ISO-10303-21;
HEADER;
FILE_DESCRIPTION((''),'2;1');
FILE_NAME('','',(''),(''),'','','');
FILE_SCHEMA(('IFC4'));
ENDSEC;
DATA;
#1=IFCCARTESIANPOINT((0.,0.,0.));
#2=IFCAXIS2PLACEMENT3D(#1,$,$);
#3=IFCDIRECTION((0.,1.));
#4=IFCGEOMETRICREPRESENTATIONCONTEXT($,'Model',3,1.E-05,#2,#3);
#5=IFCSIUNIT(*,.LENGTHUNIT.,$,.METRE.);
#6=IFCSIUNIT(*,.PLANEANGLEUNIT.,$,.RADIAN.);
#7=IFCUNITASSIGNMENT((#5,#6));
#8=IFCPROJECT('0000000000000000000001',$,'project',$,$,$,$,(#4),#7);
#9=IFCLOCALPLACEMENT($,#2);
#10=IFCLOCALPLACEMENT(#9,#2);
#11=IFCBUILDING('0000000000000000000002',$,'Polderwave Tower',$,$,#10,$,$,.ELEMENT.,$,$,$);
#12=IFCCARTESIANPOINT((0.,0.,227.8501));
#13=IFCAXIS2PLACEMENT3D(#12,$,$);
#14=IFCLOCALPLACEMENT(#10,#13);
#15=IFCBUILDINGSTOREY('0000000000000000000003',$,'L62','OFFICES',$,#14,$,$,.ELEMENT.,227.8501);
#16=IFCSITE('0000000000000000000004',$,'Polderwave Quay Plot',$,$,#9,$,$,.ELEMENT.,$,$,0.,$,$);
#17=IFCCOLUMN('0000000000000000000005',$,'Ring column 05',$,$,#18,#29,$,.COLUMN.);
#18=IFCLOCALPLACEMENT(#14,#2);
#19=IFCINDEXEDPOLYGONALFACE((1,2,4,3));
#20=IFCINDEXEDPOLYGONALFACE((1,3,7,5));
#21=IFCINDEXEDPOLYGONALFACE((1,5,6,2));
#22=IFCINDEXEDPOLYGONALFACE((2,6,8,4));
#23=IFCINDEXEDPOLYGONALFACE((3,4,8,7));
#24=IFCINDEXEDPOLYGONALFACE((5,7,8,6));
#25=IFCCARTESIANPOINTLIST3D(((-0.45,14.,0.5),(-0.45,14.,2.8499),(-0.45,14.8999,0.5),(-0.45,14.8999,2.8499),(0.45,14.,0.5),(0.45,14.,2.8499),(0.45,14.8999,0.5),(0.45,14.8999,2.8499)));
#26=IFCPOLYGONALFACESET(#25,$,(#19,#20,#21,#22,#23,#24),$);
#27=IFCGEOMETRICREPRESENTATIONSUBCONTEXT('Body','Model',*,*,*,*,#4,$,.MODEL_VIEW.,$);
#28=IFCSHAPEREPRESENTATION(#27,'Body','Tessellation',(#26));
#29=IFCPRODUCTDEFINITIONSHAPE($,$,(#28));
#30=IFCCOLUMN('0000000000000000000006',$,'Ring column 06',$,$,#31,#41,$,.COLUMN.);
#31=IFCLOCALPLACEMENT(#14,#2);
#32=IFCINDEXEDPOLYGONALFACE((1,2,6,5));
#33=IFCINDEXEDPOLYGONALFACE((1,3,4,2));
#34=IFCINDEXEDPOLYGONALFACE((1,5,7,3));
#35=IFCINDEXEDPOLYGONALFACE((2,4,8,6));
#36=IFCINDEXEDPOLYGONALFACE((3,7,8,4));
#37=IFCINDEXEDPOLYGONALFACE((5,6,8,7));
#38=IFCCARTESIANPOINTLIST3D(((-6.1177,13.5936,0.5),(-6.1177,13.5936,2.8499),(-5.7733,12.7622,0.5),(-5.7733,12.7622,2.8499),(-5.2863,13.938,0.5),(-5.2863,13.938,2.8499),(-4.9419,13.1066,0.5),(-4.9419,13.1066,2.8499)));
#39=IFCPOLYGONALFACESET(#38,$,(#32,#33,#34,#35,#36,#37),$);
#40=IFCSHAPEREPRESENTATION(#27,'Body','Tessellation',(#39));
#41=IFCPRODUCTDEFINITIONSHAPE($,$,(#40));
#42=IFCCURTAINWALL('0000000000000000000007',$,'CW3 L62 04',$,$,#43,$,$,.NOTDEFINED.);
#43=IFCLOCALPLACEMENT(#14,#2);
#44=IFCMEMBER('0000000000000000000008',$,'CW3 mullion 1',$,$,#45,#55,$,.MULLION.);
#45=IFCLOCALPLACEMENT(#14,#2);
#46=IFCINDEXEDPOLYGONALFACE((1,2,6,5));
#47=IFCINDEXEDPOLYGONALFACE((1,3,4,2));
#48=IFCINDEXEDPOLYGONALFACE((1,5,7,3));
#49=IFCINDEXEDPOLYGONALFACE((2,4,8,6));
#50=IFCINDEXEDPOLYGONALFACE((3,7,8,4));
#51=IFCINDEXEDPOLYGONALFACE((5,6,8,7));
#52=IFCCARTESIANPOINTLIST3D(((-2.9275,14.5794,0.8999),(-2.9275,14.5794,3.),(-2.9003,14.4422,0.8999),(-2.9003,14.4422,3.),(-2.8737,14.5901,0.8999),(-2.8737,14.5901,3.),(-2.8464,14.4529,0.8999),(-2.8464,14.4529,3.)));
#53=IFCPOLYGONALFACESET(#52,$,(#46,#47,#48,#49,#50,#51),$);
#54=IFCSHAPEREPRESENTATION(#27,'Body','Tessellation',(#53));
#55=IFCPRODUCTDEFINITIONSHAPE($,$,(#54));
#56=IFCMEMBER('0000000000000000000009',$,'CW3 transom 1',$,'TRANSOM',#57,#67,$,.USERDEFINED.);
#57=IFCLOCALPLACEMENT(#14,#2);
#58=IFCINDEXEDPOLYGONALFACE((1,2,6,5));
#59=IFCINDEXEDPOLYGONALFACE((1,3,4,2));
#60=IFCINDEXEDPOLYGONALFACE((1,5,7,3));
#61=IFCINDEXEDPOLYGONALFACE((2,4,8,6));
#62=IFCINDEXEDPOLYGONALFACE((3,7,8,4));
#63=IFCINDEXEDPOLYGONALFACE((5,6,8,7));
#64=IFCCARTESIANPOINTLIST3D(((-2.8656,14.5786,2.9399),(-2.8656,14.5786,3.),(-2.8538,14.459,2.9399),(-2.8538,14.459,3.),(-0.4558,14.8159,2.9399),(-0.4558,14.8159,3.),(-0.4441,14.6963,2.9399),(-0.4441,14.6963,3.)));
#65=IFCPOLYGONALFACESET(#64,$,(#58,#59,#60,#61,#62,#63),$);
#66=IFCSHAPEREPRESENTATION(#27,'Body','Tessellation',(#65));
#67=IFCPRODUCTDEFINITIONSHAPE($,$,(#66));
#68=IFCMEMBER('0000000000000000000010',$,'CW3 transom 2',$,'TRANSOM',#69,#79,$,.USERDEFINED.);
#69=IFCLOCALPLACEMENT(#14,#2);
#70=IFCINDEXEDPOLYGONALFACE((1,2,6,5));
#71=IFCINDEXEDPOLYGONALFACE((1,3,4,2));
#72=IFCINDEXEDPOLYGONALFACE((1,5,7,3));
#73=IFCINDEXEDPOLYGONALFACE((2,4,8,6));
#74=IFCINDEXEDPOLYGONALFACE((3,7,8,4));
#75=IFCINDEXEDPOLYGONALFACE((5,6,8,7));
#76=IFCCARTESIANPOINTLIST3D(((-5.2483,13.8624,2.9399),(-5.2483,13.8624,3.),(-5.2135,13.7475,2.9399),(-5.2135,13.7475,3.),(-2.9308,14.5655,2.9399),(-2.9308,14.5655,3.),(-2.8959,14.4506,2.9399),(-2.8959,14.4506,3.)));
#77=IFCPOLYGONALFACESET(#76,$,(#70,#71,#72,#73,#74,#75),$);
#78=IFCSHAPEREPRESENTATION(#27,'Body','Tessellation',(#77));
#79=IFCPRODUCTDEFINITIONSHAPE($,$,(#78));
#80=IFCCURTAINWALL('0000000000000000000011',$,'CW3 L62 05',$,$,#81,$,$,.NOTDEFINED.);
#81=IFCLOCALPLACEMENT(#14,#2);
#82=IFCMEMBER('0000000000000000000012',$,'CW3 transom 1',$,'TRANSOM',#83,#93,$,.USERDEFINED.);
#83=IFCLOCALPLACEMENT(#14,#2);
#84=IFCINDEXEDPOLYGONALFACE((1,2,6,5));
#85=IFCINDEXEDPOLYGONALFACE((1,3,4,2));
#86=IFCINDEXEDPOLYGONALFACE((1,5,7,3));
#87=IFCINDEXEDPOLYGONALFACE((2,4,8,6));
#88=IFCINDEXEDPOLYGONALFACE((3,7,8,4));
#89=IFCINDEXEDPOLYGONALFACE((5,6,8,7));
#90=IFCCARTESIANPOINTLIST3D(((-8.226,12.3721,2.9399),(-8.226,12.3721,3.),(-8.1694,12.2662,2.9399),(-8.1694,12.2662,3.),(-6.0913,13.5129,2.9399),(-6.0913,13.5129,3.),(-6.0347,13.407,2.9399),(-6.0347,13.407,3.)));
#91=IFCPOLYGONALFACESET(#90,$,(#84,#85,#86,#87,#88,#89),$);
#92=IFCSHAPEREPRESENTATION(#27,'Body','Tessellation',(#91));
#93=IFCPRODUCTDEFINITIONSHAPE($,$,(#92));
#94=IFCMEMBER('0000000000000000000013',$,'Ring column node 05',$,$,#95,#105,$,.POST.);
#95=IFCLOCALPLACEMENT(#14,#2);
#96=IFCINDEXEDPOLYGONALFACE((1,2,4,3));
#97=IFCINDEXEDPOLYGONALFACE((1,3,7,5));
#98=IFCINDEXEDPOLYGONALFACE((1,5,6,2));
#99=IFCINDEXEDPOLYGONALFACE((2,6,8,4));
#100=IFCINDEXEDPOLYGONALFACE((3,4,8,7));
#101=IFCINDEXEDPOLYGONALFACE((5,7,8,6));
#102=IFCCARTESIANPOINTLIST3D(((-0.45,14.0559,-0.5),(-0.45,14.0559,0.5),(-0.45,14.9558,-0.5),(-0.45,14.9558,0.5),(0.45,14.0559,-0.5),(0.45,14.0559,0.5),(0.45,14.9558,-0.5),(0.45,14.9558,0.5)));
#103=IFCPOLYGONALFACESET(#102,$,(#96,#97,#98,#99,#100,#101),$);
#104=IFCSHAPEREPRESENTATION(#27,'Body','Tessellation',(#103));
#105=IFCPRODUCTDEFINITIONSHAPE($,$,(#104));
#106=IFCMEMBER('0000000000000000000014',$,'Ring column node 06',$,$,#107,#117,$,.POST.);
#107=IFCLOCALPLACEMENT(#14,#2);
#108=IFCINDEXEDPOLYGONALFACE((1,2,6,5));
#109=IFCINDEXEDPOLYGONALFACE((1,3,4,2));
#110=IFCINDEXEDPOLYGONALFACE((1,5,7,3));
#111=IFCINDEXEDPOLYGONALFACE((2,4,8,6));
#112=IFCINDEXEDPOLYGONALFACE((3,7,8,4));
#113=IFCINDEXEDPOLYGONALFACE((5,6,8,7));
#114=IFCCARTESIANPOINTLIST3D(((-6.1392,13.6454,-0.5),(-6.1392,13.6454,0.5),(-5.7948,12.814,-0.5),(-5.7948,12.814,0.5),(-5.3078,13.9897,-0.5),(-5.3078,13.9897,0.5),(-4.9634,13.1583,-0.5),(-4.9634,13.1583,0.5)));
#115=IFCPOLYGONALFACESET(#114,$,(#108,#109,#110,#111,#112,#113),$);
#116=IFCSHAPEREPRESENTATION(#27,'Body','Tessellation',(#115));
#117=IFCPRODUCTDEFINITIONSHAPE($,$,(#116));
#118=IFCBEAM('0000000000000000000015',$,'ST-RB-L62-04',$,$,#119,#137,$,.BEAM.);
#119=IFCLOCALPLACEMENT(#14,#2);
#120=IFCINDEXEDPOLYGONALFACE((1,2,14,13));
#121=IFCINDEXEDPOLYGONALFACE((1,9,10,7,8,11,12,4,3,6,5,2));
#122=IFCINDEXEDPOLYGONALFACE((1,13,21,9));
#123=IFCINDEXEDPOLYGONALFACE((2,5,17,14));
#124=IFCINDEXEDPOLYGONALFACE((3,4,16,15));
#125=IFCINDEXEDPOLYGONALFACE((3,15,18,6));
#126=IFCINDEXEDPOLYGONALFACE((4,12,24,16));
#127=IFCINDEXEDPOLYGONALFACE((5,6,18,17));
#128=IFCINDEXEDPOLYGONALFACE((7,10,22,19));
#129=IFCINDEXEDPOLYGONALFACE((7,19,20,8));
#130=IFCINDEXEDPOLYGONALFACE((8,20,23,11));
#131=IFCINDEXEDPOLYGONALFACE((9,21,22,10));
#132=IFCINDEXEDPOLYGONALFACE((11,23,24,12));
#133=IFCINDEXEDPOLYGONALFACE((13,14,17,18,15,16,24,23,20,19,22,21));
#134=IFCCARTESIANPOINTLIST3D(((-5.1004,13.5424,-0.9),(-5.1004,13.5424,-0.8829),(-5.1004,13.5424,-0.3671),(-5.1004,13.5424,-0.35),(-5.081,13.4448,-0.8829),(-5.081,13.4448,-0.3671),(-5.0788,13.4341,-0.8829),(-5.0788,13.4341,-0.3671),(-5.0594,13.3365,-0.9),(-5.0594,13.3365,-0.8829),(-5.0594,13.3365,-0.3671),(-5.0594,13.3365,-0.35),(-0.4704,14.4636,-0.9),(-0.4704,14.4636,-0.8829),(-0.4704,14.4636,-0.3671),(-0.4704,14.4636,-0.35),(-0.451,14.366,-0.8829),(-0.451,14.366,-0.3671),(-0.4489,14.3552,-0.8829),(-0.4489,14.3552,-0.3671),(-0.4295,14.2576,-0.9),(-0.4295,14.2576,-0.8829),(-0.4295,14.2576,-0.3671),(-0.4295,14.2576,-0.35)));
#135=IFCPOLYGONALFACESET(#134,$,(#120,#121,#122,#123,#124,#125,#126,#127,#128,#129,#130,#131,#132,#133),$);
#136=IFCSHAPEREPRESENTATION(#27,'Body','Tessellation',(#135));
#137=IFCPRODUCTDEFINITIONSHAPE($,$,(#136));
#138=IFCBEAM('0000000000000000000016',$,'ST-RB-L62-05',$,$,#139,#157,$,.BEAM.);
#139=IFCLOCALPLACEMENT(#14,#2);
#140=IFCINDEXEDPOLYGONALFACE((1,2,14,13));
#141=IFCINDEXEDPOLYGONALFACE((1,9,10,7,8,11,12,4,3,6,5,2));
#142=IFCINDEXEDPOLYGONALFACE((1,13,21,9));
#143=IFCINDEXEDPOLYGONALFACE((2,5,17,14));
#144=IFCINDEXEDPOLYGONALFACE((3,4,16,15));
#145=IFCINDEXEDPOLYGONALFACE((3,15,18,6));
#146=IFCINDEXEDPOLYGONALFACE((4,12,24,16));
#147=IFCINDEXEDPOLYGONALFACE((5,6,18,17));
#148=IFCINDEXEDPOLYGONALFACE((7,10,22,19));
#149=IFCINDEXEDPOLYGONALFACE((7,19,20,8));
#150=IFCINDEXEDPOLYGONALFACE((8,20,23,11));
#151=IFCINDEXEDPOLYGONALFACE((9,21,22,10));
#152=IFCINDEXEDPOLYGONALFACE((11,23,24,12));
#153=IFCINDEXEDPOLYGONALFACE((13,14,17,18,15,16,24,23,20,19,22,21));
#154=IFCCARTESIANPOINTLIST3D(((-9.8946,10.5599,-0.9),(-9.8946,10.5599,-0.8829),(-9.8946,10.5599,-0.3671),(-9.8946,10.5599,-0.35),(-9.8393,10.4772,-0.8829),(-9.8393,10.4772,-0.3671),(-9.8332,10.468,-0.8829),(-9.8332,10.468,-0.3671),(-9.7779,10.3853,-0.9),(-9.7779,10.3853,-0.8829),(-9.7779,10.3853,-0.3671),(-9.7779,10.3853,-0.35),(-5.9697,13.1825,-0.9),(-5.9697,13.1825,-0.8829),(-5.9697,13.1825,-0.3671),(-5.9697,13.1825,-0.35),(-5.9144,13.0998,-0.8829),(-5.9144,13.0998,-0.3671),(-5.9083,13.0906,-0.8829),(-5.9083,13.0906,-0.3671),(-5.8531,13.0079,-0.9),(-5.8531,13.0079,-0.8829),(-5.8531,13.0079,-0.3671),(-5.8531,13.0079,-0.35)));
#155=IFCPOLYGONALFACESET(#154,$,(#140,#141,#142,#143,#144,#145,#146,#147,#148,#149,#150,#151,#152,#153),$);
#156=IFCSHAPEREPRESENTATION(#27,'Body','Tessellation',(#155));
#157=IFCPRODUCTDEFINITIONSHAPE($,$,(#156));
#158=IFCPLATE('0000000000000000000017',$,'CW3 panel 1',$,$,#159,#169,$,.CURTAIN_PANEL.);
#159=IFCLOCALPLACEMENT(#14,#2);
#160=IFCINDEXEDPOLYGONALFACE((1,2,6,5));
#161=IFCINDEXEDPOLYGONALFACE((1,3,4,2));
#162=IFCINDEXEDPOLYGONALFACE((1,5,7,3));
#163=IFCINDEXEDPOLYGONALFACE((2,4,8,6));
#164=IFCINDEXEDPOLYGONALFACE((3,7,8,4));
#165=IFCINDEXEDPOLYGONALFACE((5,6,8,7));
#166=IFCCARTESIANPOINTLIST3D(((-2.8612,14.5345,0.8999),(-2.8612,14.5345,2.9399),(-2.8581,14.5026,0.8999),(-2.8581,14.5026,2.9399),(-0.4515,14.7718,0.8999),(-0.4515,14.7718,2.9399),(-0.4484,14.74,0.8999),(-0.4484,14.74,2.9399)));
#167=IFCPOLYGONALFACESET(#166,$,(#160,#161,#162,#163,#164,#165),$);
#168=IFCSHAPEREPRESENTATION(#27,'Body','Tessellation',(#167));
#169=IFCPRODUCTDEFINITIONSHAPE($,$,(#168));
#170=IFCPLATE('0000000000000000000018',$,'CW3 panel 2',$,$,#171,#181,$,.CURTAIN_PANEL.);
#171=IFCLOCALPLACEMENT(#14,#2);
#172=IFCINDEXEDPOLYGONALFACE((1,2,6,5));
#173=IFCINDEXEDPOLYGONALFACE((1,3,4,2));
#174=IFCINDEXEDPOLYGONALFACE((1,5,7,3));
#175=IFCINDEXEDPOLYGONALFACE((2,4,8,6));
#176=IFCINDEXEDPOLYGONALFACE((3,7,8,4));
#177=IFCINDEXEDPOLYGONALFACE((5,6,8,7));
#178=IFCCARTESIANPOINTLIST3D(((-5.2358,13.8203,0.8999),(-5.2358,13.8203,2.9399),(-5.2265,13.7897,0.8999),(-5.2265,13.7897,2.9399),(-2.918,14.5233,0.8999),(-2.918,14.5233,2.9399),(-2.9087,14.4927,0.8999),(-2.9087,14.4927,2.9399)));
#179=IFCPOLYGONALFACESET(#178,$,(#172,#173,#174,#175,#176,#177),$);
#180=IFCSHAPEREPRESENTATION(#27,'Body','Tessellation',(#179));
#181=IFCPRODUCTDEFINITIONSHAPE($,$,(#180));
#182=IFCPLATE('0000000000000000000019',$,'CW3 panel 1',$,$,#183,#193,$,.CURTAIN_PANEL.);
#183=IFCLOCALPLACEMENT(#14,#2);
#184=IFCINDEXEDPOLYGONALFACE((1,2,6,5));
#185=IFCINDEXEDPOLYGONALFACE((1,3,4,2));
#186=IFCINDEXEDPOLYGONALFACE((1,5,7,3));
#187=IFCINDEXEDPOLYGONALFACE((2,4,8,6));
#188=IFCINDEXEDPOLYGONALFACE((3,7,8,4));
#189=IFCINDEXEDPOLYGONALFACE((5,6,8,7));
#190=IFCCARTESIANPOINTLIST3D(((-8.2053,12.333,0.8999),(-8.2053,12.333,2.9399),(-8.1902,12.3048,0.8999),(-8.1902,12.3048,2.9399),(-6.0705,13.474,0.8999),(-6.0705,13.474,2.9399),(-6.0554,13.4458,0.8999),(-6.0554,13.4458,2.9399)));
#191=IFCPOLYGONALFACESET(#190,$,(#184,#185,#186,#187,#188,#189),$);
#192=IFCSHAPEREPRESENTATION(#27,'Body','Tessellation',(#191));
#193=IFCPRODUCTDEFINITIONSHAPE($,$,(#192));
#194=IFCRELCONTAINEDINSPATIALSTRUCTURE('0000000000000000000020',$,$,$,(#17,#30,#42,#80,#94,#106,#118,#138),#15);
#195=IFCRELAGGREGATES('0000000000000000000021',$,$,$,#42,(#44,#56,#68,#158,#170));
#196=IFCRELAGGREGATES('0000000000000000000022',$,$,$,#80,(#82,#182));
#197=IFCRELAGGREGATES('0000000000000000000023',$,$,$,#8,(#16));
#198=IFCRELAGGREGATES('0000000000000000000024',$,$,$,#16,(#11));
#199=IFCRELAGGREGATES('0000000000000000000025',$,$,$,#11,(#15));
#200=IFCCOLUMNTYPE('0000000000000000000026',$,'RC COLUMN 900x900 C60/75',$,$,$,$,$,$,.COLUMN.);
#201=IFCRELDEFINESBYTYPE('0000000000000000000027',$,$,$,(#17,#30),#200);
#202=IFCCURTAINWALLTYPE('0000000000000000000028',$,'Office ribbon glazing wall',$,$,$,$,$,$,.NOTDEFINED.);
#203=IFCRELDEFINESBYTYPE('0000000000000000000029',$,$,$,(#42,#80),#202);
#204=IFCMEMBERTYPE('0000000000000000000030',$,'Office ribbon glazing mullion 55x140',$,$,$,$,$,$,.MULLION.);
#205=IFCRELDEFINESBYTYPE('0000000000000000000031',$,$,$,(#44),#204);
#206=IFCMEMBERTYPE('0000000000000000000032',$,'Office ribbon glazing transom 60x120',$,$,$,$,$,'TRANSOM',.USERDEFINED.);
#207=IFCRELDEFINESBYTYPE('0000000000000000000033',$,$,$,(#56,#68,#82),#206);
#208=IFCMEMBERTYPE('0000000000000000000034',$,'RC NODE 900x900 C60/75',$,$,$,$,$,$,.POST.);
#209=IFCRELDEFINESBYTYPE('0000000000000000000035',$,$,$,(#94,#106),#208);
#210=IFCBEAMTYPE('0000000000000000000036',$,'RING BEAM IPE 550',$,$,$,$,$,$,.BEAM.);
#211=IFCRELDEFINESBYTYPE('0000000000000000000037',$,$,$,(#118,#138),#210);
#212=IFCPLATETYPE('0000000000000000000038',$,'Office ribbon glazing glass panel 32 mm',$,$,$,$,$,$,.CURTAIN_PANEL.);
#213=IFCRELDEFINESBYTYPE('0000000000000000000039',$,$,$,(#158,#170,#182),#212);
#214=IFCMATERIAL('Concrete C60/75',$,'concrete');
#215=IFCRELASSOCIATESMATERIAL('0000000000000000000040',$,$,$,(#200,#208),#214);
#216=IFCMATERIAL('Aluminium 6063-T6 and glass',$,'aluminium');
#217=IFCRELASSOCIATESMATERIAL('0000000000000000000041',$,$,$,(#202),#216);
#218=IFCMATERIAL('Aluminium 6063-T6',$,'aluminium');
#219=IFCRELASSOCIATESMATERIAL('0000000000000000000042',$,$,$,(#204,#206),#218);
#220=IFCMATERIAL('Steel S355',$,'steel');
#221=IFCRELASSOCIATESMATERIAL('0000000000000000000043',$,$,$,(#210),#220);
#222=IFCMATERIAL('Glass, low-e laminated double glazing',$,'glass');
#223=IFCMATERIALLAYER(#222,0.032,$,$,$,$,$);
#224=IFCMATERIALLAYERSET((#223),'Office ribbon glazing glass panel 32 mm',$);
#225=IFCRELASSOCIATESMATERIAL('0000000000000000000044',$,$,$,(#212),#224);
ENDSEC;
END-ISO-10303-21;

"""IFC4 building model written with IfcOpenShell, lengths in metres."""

from ifc_helpers import new_model, si_unit, direction, frame, origin, origin_2d, place, context, subcontext, project, spatial, rectangle, i_section, extrude, material, layer, layer_set, material_profile, profile_set, type_object, element, aggregate, save


model = new_model("IFC4")

# Units and contexts
model_context = context("Model", 3, precision=1e-05, world=origin(), true_north=direction((0.0, 1.0)))
body_context = subcontext(model_context, "Body", "Model", "MODEL_VIEW")
ifc_project = project(units=[si_unit("LENGTHUNIT", "METRE"), si_unit("PLANEANGLEUNIT", "RADIAN")], contexts=[model_context])

# Site, building, storey
site_placement = place(None, origin())
site = spatial("IfcSite", under=ifc_project, at=site_placement, Name="Polderwave Quay Plot", CompositionType="ELEMENT", RefElevation=0.0)
building_placement = place(site_placement, origin())
building = spatial("IfcBuilding", under=site, at=building_placement, Name="Polderwave Tower", CompositionType="ELEMENT")
storey_placement = place(building_placement, frame((0.0, 0.0, 227.8501)))
storey = spatial("IfcBuildingStorey", under=building, at=storey_placement, Name="L62", Description="OFFICES", CompositionType="ELEMENT", Elevation=227.8501)

# Columns
ifc_material_1 = material(Name="Concrete C60/75", Category="concrete")
ifc_material_profile_1 = material_profile(ifc_material_1, rectangle(XDim=0.8999, YDim=0.8999, at=origin_2d()), Name="RC 900x900")
ifc_profile_set_1 = profile_set([ifc_material_profile_1], Name="Concrete C60/75")
column_type = type_object("IfcColumnType", Name="RC COLUMN 900x900 C60/75", PredefinedType="COLUMN", material=ifc_profile_set_1)
for number, where, z_axis, x_axis, name in (
    (1, (0.0, 14.45, 0.5), (0.0, 0.0, 1.0), (0.0, 1.0, 0.0), "Ring column 05"),
    (2, (-5.5298, 13.3501, 0.5), (0.0, 0.0, 1.0), (-0.382683, 0.92388, 0.0), "Ring column 06"),
):
    element("IfcColumn", number, at=place(storey_placement, frame(where, z_axis=z_axis, x_axis=x_axis)), inside=storey, type_object=column_type, Name=name, PredefinedType="COLUMN", context=body_context, shape_type="SweptSolid", body=[
        extrude(rectangle(XDim=0.8999, YDim=0.8999, at=origin_2d()), origin(), (0.0, 0.0, 1.0), 2.3499),
    ])

# Curtain wall, members
ifc_material_2 = material(Name="Aluminium 6063-T6 and glass", Category="aluminium")
curtain_wall_type = type_object("IfcCurtainWallType", Name="Office ribbon glazing wall", PredefinedType="NOTDEFINED", material=ifc_material_2)
curtain_wall_1_placement = place(storey_placement, origin())
curtain_wall_1 = element("IfcCurtainWall", 3, at=curtain_wall_1_placement, inside=storey, type_object=curtain_wall_type, Name="CW3 L62 04", PredefinedType="NOTDEFINED")
ifc_material_3 = material(Name="Aluminium 6063-T6", Category="aluminium")
ifc_material_profile_2 = material_profile(ifc_material_3, rectangle(XDim=0.1399, YDim=0.0549, at=origin_2d()), Name="AL 55x140")
ifc_profile_set_2 = profile_set([ifc_material_profile_2], Name="Aluminium 6063-T6")
member_type_1 = type_object("IfcMemberType", Name="Office ribbon glazing mullion 55x140", PredefinedType="MULLION", material=ifc_profile_set_2)
member_1_placement = place(storey_placement, frame((-2.887, 14.5161, 0.8999), z_axis=(0.0, 0.0, 1.0), x_axis=(0.195077, -0.980788, 0.0)))
member_1 = element("IfcMember", 4, at=member_1_placement, type_object=member_type_1, Name="CW3 mullion 1", PredefinedType="MULLION", context=body_context, shape_type="SweptSolid", body=[
    extrude(rectangle(XDim=0.1399, YDim=0.0549, at=origin_2d()), origin(), (0.0, 0.0, 1.0), 2.1001),
])
ifc_material_profile_3 = material_profile(ifc_material_3, rectangle(XDim=0.1201, YDim=0.0601, at=origin_2d()), Name="AL 60x120")
ifc_profile_set_3 = profile_set([ifc_material_profile_3], Name="Aluminium 6063-T6")
member_type_2 = type_object("IfcMemberType", Name="Office ribbon glazing transom 60x120", ElementType="TRANSOM", PredefinedType="USERDEFINED", material=ifc_profile_set_3)
member_2_placement = place(storey_placement, frame((-0.45, 14.7561, 2.97), z_axis=(-0.995186, -0.098006, 0.0), x_axis=(0.098006, -0.995186, 0.0)))
member_2 = element("IfcMember", 5, at=member_2_placement, type_object=member_type_2, Name="CW3 transom 1", ObjectType="TRANSOM", PredefinedType="USERDEFINED", context=body_context, shape_type="SweptSolid", body=[
    extrude(rectangle(XDim=0.1201, YDim=0.0601, at=origin_2d()), origin(), (0.0, 0.0, 1.0), 2.4214),
])
member_3_placement = place(storey_placement, frame((-2.9133, 14.5081, 2.97), z_axis=(-0.956931, -0.290315, 0.0), x_axis=(0.290315, -0.956931, 0.0)))
member_3 = element("IfcMember", 6, at=member_3_placement, type_object=member_type_2, Name="CW3 transom 2", ObjectType="TRANSOM", PredefinedType="USERDEFINED", context=body_context, shape_type="SweptSolid", body=[
    extrude(rectangle(XDim=0.1201, YDim=0.0601, at=origin_2d()), origin(), (0.0, 0.0, 1.0), 2.4219),
])

# Curtain wall, member
curtain_wall_2_placement = place(storey_placement, origin())
curtain_wall_2 = element("IfcCurtainWall", 7, at=curtain_wall_2_placement, inside=storey, type_object=curtain_wall_type, Name="CW3 L62 05", PredefinedType="NOTDEFINED")
member_4_placement = place(storey_placement, frame((-6.063, 13.46, 2.97), z_axis=(-0.881953, -0.471337, 0.0), x_axis=(0.471337, -0.881953, 0.0)))
member_4 = element("IfcMember", 8, at=member_4_placement, type_object=member_type_2, Name="CW3 transom 1", ObjectType="TRANSOM", PredefinedType="USERDEFINED", context=body_context, shape_type="SweptSolid", body=[
    extrude(rectangle(XDim=0.1201, YDim=0.0601, at=origin_2d()), origin(), (0.0, 0.0, 1.0), 2.4204),
])

# Members
ifc_material_profile_4 = material_profile(ifc_material_1, rectangle(XDim=0.8999, YDim=0.8999, at=origin_2d()), Name="RC 900x900")
ifc_profile_set_4 = profile_set([ifc_material_profile_4], Name="Concrete C60/75")
member_type_3 = type_object("IfcMemberType", Name="RC NODE 900x900 C60/75", PredefinedType="POST", material=ifc_profile_set_4)
for number, where, z_axis, x_axis, name in (
    (9, (0.0, 14.5059, -0.5), (0.0, 0.0, 1.0), (0.0, 1.0, 0.0), "Ring column node 05"),
    (10, (-5.5513, 13.4019, -0.5), (0.0, 0.0, 1.0), (-0.382683, 0.92388, 0.0), "Ring column node 06"),
):
    element("IfcMember", number, at=place(storey_placement, frame(where, z_axis=z_axis, x_axis=x_axis)), inside=storey, type_object=member_type_3, Name=name, PredefinedType="POST", context=body_context, shape_type="SweptSolid", body=[
        extrude(rectangle(XDim=0.8999, YDim=0.8999, at=origin_2d()), origin(), (0.0, 0.0, 1.0), 1.0),
    ])

# Beams
ifc_material_4 = material(Name="Steel S355", Category="steel")
ifc_material_profile_5 = material_profile(ifc_material_4, i_section(OverallWidth=0.21, OverallDepth=0.55, WebThickness=0.011, FlangeThickness=0.0171, at=origin_2d()), Name="IPE 550")
ifc_profile_set_5 = profile_set([ifc_material_profile_5], Name="Steel S355")
beam_type = type_object("IfcBeamType", Name="RING BEAM IPE 550", PredefinedType="BEAM", material=ifc_profile_set_5)
beam_1_placement = place(storey_placement, frame((-0.45, 14.3606, -0.625), z_axis=(-0.980777, -0.195131, 0.0), x_axis=(0.195131, -0.980777, 0.0)))
element("IfcBeam", 11, at=beam_1_placement, inside=storey, type_object=beam_type, Name="ST-RB-L62-04", PredefinedType="BEAM", context=body_context, shape_type="SweptSolid", body=[
    extrude(i_section(OverallWidth=0.21, OverallDepth=0.55, WebThickness=0.011, FlangeThickness=0.0171, at=origin_2d()), origin(), (0.0, 0.0, 1.0), 4.7207),
])
beam_2_placement = place(storey_placement, frame((-5.9114, 13.0952, -0.625), z_axis=(-0.831461, -0.555583, 0.0), x_axis=(0.555583, -0.831461, 0.0)))
element("IfcBeam", 12, at=beam_2_placement, inside=storey, type_object=beam_type, Name="ST-RB-L62-05", PredefinedType="BEAM", context=body_context, shape_type="SweptSolid", body=[
    extrude(i_section(OverallWidth=0.21, OverallDepth=0.55, WebThickness=0.011, FlangeThickness=0.0171, at=origin_2d()), origin(), (0.0, 0.0, 1.0), 4.7205),
])

# Plates
ifc_material_5 = material(Name="Glass, low-e laminated double glazing", Category="glass")
ifc_layer_1 = layer(ifc_material_5, 0.032)
ifc_layer_set_1 = layer_set([ifc_layer_1], Name="Office ribbon glazing glass panel 32 mm")
plate_type = type_object("IfcPlateType", Name="Office ribbon glazing glass panel 32 mm", PredefinedType="CURTAIN_PANEL", material=ifc_layer_set_1)
plate_1_placement = place(storey_placement, frame((-1.6548, 14.6372, 0.8999), z_axis=(0.0, 0.0, 1.0), x_axis=(-0.995186, -0.098008, 0.0)))
plate_1 = element("IfcPlate", 13, at=plate_1_placement, type_object=plate_type, Name="CW3 panel 1", PredefinedType="CURTAIN_PANEL", context=body_context, shape_type="SweptSolid", body=[
    extrude(rectangle(XDim=2.4214, YDim=0.032, at=origin_2d()), origin(), (0.0, 0.0, 1.0), 2.04),
])
plate_2_placement = place(storey_placement, frame((-4.0723, 14.1565, 0.8999), z_axis=(0.0, 0.0, 1.0), x_axis=(-0.956945, -0.290268, 0.0)))
plate_2 = element("IfcPlate", 14, at=plate_2_placement, type_object=plate_type, Name="CW3 panel 2", PredefinedType="CURTAIN_PANEL", context=body_context, shape_type="SweptSolid", body=[
    extrude(rectangle(XDim=2.4221, YDim=0.032, at=origin_2d()), origin(), (0.0, 0.0, 1.0), 2.04),
])
aggregate(curtain_wall_1, [member_1, member_2, member_3, plate_1, plate_2])
plate_3_placement = place(storey_placement, frame((-7.1304, 12.8894, 0.8999), z_axis=(0.0, 0.0, 1.0), x_axis=(-0.881923, -0.471394, 0.0)))
plate_3 = element("IfcPlate", 15, at=plate_3_placement, type_object=plate_type, Name="CW3 panel 1", PredefinedType="CURTAIN_PANEL", context=body_context, shape_type="SweptSolid", body=[
    extrude(rectangle(XDim=2.4207, YDim=0.032, at=origin_2d()), origin(), (0.0, 0.0, 1.0), 2.04),
])
aggregate(curtain_wall_2, [member_4, plate_3])

save(model, "model.ifc")
